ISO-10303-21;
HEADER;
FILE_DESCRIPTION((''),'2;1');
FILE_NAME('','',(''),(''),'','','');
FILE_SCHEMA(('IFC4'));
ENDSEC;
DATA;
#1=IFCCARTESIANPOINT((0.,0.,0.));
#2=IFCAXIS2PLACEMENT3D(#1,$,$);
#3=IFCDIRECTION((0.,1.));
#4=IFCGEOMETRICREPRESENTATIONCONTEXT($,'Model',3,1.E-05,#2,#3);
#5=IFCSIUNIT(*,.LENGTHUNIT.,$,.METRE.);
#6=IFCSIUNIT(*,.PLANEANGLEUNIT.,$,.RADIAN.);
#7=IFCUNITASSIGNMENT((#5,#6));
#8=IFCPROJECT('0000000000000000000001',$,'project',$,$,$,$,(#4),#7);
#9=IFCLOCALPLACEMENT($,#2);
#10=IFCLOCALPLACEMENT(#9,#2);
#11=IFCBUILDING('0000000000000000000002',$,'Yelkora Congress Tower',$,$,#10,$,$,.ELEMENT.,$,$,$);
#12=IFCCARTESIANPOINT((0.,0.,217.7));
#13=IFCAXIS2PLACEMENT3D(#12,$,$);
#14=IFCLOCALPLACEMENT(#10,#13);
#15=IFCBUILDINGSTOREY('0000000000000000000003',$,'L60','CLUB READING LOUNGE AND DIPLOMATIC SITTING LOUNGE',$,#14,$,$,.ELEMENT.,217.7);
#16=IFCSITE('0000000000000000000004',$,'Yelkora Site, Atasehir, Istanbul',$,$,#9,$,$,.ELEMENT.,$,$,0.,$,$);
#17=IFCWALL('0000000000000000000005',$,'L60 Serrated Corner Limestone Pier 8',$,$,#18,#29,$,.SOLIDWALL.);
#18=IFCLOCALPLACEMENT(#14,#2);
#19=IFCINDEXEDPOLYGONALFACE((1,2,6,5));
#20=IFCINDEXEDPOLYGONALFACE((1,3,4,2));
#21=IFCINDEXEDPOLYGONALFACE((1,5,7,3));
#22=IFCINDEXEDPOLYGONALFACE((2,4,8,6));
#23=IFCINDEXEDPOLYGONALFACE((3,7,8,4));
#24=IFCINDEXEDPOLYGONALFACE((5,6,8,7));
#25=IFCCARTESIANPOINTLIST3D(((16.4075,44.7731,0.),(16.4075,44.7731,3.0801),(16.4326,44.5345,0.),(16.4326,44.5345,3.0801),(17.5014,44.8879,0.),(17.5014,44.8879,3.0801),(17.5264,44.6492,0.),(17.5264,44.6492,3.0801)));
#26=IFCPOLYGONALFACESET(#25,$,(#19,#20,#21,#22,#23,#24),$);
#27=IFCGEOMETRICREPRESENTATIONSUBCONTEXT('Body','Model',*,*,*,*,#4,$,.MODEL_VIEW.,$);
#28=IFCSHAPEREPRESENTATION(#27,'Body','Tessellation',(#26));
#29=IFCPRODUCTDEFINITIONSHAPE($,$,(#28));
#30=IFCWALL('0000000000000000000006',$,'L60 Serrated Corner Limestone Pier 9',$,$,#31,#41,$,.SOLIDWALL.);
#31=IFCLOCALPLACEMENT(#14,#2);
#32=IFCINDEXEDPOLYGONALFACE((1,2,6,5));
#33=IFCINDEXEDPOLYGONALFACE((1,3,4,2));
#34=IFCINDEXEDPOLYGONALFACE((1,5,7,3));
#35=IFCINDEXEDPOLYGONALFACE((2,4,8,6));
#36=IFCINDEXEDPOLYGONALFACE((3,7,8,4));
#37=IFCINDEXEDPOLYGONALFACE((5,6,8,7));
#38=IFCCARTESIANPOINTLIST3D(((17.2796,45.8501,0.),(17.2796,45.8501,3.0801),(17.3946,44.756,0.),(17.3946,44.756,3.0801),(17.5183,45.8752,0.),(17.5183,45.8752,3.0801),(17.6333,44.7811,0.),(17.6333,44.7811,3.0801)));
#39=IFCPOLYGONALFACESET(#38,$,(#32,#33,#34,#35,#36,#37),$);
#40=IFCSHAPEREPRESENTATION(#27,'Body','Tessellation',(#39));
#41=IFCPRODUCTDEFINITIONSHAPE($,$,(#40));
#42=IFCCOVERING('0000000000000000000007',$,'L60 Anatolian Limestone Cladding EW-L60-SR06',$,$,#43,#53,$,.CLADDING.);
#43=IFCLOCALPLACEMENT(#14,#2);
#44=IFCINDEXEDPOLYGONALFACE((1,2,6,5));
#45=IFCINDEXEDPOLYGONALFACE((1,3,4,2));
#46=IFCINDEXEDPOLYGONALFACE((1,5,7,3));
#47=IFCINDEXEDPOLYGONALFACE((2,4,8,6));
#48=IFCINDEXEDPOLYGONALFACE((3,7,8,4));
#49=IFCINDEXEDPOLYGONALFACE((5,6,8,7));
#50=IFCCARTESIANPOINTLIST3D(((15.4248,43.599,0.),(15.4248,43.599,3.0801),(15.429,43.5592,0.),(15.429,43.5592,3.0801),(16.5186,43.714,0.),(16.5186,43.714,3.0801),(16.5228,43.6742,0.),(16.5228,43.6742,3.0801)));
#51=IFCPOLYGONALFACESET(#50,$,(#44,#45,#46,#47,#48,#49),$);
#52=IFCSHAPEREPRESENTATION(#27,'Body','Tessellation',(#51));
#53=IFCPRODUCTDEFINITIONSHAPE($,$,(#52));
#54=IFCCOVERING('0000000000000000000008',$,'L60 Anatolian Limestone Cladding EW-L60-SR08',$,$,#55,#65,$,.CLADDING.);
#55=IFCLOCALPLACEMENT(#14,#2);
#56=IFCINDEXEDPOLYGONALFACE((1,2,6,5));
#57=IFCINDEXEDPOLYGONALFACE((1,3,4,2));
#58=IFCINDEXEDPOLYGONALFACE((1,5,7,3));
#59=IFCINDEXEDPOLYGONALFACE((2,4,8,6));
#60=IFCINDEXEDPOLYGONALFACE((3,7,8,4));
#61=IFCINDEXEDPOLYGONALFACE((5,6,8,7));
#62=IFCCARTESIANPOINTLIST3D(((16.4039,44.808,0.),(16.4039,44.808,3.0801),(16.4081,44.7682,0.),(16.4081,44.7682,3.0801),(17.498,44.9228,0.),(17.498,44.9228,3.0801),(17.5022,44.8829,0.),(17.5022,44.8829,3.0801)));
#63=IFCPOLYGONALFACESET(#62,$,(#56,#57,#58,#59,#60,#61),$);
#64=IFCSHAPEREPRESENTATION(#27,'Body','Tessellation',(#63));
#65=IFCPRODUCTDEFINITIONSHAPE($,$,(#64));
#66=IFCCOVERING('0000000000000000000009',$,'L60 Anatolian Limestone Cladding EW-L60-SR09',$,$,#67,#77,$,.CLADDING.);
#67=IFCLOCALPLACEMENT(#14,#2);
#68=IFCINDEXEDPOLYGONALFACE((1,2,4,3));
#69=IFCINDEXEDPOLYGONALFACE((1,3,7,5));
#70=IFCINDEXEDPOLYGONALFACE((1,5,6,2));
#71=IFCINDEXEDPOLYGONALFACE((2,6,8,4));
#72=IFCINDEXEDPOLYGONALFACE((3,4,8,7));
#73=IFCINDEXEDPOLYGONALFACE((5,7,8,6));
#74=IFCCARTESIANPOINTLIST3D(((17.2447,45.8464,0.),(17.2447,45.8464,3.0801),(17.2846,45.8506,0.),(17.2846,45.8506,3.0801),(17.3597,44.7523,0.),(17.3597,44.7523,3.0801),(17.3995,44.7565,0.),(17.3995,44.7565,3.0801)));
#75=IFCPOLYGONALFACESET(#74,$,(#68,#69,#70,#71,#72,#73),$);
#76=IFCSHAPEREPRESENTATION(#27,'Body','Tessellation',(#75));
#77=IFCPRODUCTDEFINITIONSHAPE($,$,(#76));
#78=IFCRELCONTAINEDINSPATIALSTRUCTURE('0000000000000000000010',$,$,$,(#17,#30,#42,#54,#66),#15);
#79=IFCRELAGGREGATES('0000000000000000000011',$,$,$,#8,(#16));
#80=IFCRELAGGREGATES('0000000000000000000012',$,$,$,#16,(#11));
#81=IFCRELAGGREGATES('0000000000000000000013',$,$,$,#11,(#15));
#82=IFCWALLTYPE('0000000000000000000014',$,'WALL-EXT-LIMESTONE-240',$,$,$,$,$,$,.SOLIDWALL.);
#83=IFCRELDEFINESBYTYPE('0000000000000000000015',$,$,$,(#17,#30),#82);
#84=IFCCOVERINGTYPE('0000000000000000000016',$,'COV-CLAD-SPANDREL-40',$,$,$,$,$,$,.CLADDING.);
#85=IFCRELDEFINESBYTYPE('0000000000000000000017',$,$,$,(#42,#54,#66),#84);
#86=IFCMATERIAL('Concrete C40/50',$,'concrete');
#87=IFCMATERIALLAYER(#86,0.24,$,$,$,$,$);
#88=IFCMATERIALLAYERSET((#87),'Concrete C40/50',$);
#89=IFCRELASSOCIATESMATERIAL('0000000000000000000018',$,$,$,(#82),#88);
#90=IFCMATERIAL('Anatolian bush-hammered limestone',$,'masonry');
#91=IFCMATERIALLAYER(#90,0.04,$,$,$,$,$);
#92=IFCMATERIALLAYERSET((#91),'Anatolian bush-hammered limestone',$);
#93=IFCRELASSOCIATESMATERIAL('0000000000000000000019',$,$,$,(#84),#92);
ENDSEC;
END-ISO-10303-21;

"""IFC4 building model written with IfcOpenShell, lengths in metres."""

from ifc_helpers import new_model, si_unit, direction, frame, frame_2d, origin, place, context, subcontext, project, spatial, rectangle, extrude, material, layer, layer_set, type_object, element, save


model = new_model("IFC4")

# Units and contexts
model_context = context("Model", 3, precision=1e-05, world=origin(), true_north=direction((0.0, 1.0)))
body_context = subcontext(model_context, "Body", "Model", "MODEL_VIEW")
ifc_project = project(units=[si_unit("LENGTHUNIT", "METRE"), si_unit("PLANEANGLEUNIT", "RADIAN")], contexts=[model_context])

# Site, building, storey
site_placement = place(None, origin())
site = spatial("IfcSite", under=ifc_project, at=site_placement, Name="Yelkora Site, Atasehir, Istanbul", CompositionType="ELEMENT", RefElevation=0.0)
building_placement = place(site_placement, origin())
building = spatial("IfcBuilding", under=site, at=building_placement, Name="Yelkora Congress Tower", CompositionType="ELEMENT")
storey_placement = place(building_placement, frame((0.0, 0.0, 217.7)))
storey = spatial("IfcBuildingStorey", under=building, at=storey_placement, Name="L60", Description="CLUB READING LOUNGE AND DIPLOMATIC SITTING LOUNGE", CompositionType="ELEMENT", Elevation=217.7)

# Walls
ifc_material_1 = material(Name="Concrete C40/50", Category="concrete")
ifc_layer_1 = layer(ifc_material_1, 0.24)
ifc_layer_set_1 = layer_set([ifc_layer_1], Name="Concrete C40/50")
wall_type_1 = type_object("IfcWallType", Name="WALL-EXT-LIMESTONE-240", PredefinedType="SOLIDWALL", material=ifc_layer_set_1)
wall_1_placement = place(storey_placement, frame((16.4202, 44.6538, 0.0), z_axis=(0.0, 0.0, 1.0), x_axis=(0.994542, 0.104338, 0.0)))
element("IfcWall", 1, at=wall_1_placement, inside=storey, type_object=wall_type_1, Name="L60 Serrated Corner Limestone Pier 8", PredefinedType="SOLIDWALL", context=body_context, shape_type="SweptSolid", body=[
    extrude(rectangle(XDim=1.0999, YDim=0.24, at=frame_2d((0.5498, 0.0))), origin(), (0.0, 0.0, 1.0), 3.0801),
])
wall_2_placement = place(storey_placement, frame((17.5139, 44.7686, 0.0), z_axis=(0.0, 0.0, 1.0), x_axis=(-0.104535, 0.994521, 0.0)))
element("IfcWall", 2, at=wall_2_placement, inside=storey, type_object=wall_type_1, Name="L60 Serrated Corner Limestone Pier 9", PredefinedType="SOLIDWALL", context=body_context, shape_type="SweptSolid", body=[
    extrude(rectangle(XDim=1.1001, YDim=0.24, at=frame_2d((0.55, 0.0))), origin(), (0.0, 0.0, 1.0), 3.0801),
])

# Coverings
ifc_material_2 = material(Name="Anatolian bush-hammered limestone", Category="masonry")
ifc_layer_2 = layer(ifc_material_2, 0.04)
ifc_layer_set_2 = layer_set([ifc_layer_2], Name="Anatolian bush-hammered limestone")
covering_type = type_object("IfcCoveringType", Name="COV-CLAD-SPANDREL-40", PredefinedType="CLADDING", material=ifc_layer_set_2)
covering_placement = place(storey_placement, frame((15.427, 43.5791, 0.0), z_axis=(0.0, 0.0, 1.0), x_axis=(0.994519, 0.104558, 0.0)))
element("IfcCovering", 3, at=covering_placement, inside=storey, type_object=covering_type, Name="L60 Anatolian Limestone Cladding EW-L60-SR06", PredefinedType="CLADDING", context=body_context, shape_type="SweptSolid", body=[
    extrude(rectangle(XDim=1.0999, YDim=0.04, at=frame_2d((0.5498, 0.0))), origin(), (0.0, 0.0, 1.0), 3.0801),
])
for number, where, z_axis, x_axis, name in (
    (4, (16.406, 44.7881, 0.0), (0.0, 0.0, 1.0), (0.994544, 0.104315, 0.0), "L60 Anatolian Limestone Cladding EW-L60-SR08"),
    (5, (17.3796, 44.7544, 0.0), (0.0, 0.0, 1.0), (-0.104535, 0.994521, 0.0), "L60 Anatolian Limestone Cladding EW-L60-SR09"),
):
    element("IfcCovering", number, at=place(storey_placement, frame(where, z_axis=z_axis, x_axis=x_axis)), inside=storey, type_object=covering_type, Name=name, PredefinedType="CLADDING", context=body_context, shape_type="SweptSolid", body=[
        extrude(rectangle(XDim=1.1001, YDim=0.04, at=frame_2d((0.55, 0.0))), origin(), (0.0, 0.0, 1.0), 3.0801),
    ])

save(model, "model.ifc")
